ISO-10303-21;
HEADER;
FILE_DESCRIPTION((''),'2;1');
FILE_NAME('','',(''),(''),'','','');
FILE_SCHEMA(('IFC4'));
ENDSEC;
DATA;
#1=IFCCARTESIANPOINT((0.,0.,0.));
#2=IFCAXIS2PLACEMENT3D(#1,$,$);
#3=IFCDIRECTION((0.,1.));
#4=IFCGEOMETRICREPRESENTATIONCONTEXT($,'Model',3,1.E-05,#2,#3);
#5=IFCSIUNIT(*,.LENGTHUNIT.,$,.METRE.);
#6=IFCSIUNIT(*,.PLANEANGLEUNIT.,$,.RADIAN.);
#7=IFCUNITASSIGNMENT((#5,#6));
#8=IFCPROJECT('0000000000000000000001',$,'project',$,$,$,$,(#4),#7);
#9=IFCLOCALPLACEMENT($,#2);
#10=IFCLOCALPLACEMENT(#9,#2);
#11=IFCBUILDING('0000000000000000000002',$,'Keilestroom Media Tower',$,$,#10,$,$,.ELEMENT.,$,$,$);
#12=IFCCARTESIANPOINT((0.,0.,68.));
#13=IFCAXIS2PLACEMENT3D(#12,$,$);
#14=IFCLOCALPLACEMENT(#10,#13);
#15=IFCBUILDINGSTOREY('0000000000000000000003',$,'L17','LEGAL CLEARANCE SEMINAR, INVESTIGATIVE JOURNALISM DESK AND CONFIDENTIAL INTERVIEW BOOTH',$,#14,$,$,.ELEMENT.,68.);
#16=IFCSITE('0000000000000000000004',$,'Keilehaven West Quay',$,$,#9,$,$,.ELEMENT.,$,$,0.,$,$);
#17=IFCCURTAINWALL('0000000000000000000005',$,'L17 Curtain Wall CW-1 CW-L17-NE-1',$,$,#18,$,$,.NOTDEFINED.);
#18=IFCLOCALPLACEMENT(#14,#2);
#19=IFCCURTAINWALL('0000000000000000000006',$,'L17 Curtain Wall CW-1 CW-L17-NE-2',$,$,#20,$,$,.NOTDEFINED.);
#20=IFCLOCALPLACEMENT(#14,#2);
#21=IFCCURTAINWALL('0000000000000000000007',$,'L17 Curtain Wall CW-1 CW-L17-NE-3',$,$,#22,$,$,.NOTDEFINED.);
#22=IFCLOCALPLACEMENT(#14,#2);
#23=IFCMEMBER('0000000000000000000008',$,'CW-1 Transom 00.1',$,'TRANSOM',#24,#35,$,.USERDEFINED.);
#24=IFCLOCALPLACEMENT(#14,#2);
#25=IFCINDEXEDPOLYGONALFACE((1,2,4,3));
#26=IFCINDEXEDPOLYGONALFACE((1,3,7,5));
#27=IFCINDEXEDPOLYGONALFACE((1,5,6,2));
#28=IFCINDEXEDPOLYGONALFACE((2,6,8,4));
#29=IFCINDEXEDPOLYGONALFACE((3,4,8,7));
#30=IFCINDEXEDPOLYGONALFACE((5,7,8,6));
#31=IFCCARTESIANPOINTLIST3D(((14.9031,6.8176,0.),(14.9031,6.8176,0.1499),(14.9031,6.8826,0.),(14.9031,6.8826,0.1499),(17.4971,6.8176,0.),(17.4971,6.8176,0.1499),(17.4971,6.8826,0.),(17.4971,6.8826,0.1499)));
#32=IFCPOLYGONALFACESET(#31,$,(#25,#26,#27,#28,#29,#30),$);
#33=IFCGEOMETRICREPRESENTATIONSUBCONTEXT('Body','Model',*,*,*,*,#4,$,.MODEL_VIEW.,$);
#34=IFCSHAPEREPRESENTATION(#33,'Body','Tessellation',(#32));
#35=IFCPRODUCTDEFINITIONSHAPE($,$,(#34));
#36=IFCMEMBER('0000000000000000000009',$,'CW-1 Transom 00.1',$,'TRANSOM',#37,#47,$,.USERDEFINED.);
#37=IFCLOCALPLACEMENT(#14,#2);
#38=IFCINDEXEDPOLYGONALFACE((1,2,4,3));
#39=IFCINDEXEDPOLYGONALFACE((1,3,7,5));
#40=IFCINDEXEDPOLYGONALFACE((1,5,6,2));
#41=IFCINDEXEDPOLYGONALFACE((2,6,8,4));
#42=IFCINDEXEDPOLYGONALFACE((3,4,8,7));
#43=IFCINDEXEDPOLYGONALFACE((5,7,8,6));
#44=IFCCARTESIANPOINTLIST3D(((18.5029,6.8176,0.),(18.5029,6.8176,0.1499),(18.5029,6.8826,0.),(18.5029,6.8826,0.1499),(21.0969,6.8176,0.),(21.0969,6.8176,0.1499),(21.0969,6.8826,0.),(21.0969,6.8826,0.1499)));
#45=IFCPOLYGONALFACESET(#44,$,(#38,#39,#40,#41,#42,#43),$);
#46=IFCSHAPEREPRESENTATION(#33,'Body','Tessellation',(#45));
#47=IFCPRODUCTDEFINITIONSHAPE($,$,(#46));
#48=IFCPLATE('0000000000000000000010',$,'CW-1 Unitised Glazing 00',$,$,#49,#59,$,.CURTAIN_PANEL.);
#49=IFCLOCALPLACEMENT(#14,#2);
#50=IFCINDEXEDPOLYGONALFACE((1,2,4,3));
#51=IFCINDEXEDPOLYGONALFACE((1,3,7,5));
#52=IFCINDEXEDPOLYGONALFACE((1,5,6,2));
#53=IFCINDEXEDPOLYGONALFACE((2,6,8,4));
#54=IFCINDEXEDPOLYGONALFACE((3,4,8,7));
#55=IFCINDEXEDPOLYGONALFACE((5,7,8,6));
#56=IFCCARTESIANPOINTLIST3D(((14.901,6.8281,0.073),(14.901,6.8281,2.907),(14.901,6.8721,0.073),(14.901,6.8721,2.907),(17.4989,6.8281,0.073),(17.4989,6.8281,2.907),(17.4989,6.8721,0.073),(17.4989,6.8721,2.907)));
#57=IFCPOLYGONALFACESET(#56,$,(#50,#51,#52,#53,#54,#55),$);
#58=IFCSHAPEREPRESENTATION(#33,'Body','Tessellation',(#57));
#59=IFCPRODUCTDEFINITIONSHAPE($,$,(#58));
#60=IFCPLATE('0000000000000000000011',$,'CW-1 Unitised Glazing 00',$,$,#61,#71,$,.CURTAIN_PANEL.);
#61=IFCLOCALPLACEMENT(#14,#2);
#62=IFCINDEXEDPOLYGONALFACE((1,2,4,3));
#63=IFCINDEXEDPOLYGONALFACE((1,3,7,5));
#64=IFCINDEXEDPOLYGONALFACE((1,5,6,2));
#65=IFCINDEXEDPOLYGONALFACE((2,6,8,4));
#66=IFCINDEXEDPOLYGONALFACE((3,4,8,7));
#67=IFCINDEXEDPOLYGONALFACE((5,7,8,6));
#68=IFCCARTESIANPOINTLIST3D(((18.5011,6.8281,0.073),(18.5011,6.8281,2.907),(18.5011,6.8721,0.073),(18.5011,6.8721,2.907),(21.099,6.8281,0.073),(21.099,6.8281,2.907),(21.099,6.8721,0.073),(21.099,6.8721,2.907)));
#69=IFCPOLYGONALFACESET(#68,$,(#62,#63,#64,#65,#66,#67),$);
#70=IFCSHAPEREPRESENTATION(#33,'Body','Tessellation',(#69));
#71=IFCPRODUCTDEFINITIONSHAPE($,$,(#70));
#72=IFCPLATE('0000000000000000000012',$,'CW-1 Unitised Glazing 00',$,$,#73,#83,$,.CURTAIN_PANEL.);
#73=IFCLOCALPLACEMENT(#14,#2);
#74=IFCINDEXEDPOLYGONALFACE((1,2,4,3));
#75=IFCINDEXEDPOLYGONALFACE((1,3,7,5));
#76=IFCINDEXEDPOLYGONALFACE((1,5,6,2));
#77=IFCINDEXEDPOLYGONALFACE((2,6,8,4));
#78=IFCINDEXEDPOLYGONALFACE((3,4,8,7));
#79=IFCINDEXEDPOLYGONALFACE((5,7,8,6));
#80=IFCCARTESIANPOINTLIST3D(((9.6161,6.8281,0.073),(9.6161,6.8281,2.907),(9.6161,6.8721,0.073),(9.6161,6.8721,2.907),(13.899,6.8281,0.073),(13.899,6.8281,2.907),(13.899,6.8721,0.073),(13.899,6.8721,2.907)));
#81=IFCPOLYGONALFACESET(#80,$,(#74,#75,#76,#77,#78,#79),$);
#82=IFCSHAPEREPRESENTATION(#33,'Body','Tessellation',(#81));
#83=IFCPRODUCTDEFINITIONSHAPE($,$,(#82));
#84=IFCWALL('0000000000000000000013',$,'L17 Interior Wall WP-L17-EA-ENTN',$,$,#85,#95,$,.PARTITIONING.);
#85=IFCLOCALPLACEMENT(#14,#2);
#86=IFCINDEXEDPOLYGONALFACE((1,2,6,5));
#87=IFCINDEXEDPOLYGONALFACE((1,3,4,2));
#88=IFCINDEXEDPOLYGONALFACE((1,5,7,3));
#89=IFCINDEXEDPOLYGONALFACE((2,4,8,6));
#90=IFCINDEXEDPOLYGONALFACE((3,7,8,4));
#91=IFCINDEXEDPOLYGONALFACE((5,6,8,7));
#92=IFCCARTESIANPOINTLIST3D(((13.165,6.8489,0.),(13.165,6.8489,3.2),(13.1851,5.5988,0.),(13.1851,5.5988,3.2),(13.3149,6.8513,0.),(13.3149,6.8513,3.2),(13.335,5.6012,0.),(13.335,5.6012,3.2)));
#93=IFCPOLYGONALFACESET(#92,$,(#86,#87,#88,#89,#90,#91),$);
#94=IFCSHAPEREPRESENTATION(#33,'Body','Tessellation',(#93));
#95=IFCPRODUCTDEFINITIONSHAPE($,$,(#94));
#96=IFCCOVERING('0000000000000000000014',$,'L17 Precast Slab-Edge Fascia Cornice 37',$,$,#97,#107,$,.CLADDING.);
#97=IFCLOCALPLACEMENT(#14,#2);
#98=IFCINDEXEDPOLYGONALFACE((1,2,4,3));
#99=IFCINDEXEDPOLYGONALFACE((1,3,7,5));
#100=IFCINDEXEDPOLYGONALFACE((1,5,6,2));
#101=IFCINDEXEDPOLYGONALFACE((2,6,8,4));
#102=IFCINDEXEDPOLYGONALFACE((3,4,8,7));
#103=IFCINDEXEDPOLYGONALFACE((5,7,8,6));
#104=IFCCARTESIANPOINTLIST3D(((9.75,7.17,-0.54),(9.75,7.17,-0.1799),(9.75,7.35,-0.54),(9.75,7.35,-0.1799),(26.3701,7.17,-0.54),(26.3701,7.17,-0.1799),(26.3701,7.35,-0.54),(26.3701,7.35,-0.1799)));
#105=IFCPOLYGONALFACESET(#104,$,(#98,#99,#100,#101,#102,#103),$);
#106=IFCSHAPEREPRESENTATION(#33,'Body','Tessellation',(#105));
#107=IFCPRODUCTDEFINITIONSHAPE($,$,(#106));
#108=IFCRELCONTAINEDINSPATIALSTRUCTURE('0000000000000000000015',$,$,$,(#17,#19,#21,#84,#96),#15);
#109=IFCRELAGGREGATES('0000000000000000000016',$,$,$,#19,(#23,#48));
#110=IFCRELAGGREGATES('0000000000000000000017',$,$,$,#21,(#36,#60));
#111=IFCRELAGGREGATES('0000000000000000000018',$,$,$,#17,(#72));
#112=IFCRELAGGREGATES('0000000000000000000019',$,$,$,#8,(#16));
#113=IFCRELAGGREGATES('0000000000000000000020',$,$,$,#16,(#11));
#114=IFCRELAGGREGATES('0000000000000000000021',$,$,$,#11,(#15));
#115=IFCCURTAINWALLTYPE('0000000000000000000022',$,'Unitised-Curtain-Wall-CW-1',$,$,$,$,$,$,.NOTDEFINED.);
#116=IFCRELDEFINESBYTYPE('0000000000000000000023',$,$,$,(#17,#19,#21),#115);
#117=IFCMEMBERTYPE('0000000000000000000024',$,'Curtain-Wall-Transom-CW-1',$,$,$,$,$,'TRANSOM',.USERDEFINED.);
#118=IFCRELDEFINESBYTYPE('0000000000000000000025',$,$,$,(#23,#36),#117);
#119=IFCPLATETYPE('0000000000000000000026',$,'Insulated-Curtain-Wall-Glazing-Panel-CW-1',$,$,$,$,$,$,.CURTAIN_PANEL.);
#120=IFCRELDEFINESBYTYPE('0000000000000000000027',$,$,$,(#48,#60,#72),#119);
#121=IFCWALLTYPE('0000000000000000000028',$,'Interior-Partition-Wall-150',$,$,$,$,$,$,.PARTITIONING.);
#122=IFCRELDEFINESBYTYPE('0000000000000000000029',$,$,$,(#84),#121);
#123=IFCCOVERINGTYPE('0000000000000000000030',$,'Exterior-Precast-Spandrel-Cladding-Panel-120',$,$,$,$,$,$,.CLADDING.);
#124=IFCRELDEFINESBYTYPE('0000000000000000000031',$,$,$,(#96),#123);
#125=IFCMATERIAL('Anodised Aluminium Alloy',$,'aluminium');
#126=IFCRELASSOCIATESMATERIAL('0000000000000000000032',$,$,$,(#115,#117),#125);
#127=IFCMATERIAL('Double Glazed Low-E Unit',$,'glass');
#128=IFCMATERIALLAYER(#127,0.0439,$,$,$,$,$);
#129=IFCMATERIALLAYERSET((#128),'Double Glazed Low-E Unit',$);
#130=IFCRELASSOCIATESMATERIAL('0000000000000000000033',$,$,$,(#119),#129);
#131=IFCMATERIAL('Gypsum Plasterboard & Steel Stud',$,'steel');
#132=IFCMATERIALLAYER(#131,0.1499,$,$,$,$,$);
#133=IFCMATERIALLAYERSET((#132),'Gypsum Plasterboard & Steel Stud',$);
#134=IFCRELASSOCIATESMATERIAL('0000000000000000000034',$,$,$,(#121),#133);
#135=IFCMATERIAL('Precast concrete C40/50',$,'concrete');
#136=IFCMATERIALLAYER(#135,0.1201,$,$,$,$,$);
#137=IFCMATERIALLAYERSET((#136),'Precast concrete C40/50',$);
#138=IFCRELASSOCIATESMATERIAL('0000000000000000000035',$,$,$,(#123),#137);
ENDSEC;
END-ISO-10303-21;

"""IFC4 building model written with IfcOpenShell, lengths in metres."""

from ifc_helpers import new_model, si_unit, direction, frame, frame_2d, origin, origin_2d, place, context, subcontext, project, spatial, rectangle, extrude, source, transform, mapped, material, layer, layer_set, material_profile, profile_set, type_object, element, aggregate, save


model = new_model("IFC4")

# Units and contexts
model_context = context("Model", 3, precision=1e-05, world=origin(), true_north=direction((0.0, 1.0)))
body_context = subcontext(model_context, "Body", "Model", "MODEL_VIEW")
ifc_project = project(units=[si_unit("LENGTHUNIT", "METRE"), si_unit("PLANEANGLEUNIT", "RADIAN")], contexts=[model_context])

# Site, building, storey
site_placement = place(None, origin())
site = spatial("IfcSite", under=ifc_project, at=site_placement, Name="Keilehaven West Quay", CompositionType="ELEMENT", RefElevation=0.0)
building_placement = place(site_placement, origin())
building = spatial("IfcBuilding", under=site, at=building_placement, Name="Keilestroom Media Tower", CompositionType="ELEMENT")
storey_placement = place(building_placement, frame((0.0, 0.0, 68.0)))
storey = spatial("IfcBuildingStorey", under=building, at=storey_placement, Name="L17", Description="LEGAL CLEARANCE SEMINAR, INVESTIGATIVE JOURNALISM DESK AND CONFIDENTIAL INTERVIEW BOOTH", CompositionType="ELEMENT", Elevation=68.0)

# Shared definitions
ifc_material_1 = material(Name="Precast concrete C40/50", Category="concrete")

# Curtain wall
ifc_material_2 = material(Name="Anodised Aluminium Alloy", Category="aluminium")
curtain_wall_type = type_object("IfcCurtainWallType", Name="Unitised-Curtain-Wall-CW-1", PredefinedType="NOTDEFINED", material=ifc_material_2)
curtain_wall_1_placement = place(storey_placement, origin())
curtain_wall_1 = element("IfcCurtainWall", 1, at=curtain_wall_1_placement, inside=storey, type_object=curtain_wall_type, Name="L17 Curtain Wall CW-1 CW-L17-NE-1", PredefinedType="NOTDEFINED")

# Curtain walls
curtain_wall_2_placement = place(storey_placement, origin())
curtain_wall_2 = element("IfcCurtainWall", 2, at=curtain_wall_2_placement, inside=storey, type_object=curtain_wall_type, Name="L17 Curtain Wall CW-1 CW-L17-NE-2", PredefinedType="NOTDEFINED")
curtain_wall_3_placement = place(storey_placement, origin())
curtain_wall_3 = element("IfcCurtainWall", 3, at=curtain_wall_3_placement, inside=storey, type_object=curtain_wall_type, Name="L17 Curtain Wall CW-1 CW-L17-NE-3", PredefinedType="NOTDEFINED")

# Members
ifc_material_profile_1 = material_profile(ifc_material_2, rectangle(XDim=0.0649, YDim=0.1499, at=origin_2d()), Name="ALU TRANSOM 65x150")
ifc_profile_set_1 = profile_set([ifc_material_profile_1], Name="Anodised Aluminium Alloy")
member_type_1 = type_object("IfcMemberType", Name="Curtain-Wall-Transom-CW-1", ElementType="TRANSOM", PredefinedType="USERDEFINED", material=ifc_profile_set_1)
shared_shape_1 = source(origin(), body_context, "Body", "SweptSolid", [
    extrude(rectangle(XDim=0.0649, YDim=0.1499, at=origin_2d()), origin(), (0.0, 0.0, 1.0), 2.594),
])
member_1_placement = place(storey_placement, frame((14.9031, 6.8501, 0.075), z_axis=(1.0, 0.0, 0.0), x_axis=(0.0, 1.0, 0.0)))
member_1 = element("IfcMember", 4, at=member_1_placement, type_object=member_type_1, Name="CW-1 Transom 00.1", ObjectType="TRANSOM", PredefinedType="USERDEFINED", context=body_context, shape_type="MappedRepresentation", body=[
    mapped(shared_shape_1, transform((0.0, 0.0, 0.0), x_axis=(1.0, 0.0, 0.0), y_axis=(0.0, 1.0, 0.0), z_axis=(0.0, 0.0, 1.0), scale=1.0)),
])
member_2_placement = place(storey_placement, frame((18.5029, 6.8501, 0.075), z_axis=(1.0, 0.0, 0.0), x_axis=(0.0, 1.0, 0.0)))
member_2 = element("IfcMember", 5, at=member_2_placement, type_object=member_type_1, Name="CW-1 Transom 00.1", ObjectType="TRANSOM", PredefinedType="USERDEFINED", context=body_context, shape_type="MappedRepresentation", body=[
    mapped(shared_shape_1, transform((0.0, 0.0, 0.0), x_axis=(1.0, 0.0, 0.0), y_axis=(0.0, 1.0, 0.0), z_axis=(0.0, 0.0, 1.0), scale=1.0)),
])

# Plates
ifc_material_3 = material(Name="Double Glazed Low-E Unit", Category="glass")
ifc_layer_1 = layer(ifc_material_3, 0.0439)
ifc_layer_set_1 = layer_set([ifc_layer_1], Name="Double Glazed Low-E Unit")
plate_type = type_object("IfcPlateType", Name="Insulated-Curtain-Wall-Glazing-Panel-CW-1", PredefinedType="CURTAIN_PANEL", material=ifc_layer_set_1)
shared_shape_2 = source(origin(), body_context, "Body", "SweptSolid", [
    extrude(rectangle(XDim=2.5979, YDim=0.0439, at=origin_2d()), origin(), (0.0, 0.0, 1.0), 2.834),
])
plate_1_placement = place(storey_placement, frame((16.2, 6.8501, 0.073), z_axis=(0.0, 0.0, 1.0), x_axis=(1.0, 0.0, 0.0)))
plate_1 = element("IfcPlate", 6, at=plate_1_placement, type_object=plate_type, Name="CW-1 Unitised Glazing 00", PredefinedType="CURTAIN_PANEL", context=body_context, shape_type="MappedRepresentation", body=[
    mapped(shared_shape_2, transform((0.0, 0.0, 0.0), x_axis=(1.0, 0.0, 0.0), y_axis=(0.0, 1.0, 0.0), z_axis=(0.0, 0.0, 1.0), scale=1.0)),
])
aggregate(curtain_wall_2, [member_1, plate_1])
plate_2_placement = place(storey_placement, frame((19.8, 6.8501, 0.073), z_axis=(0.0, 0.0, 1.0), x_axis=(1.0, 0.0, 0.0)))
plate_2 = element("IfcPlate", 7, at=plate_2_placement, type_object=plate_type, Name="CW-1 Unitised Glazing 00", PredefinedType="CURTAIN_PANEL", context=body_context, shape_type="MappedRepresentation", body=[
    mapped(shared_shape_2, transform((0.0, 0.0, 0.0), x_axis=(1.0, 0.0, 0.0), y_axis=(0.0, 1.0, 0.0), z_axis=(0.0, 0.0, 1.0), scale=1.0)),
])
aggregate(curtain_wall_3, [member_2, plate_2])
shared_shape_3 = source(origin(), body_context, "Body", "SweptSolid", [
    extrude(rectangle(XDim=4.283, YDim=0.0439, at=origin_2d()), origin(), (0.0, 0.0, 1.0), 2.834),
])
plate_3_placement = place(storey_placement, frame((11.7576, 6.8501, 0.073), z_axis=(0.0, 0.0, 1.0), x_axis=(1.0, 0.0, 0.0)))
plate_3 = element("IfcPlate", 8, at=plate_3_placement, type_object=plate_type, Name="CW-1 Unitised Glazing 00", PredefinedType="CURTAIN_PANEL", context=body_context, shape_type="MappedRepresentation", body=[
    mapped(shared_shape_3, transform((0.0, 0.0, 0.0), x_axis=(1.0, 0.0, 0.0), y_axis=(0.0, 1.0, 0.0), z_axis=(0.0, 0.0, 1.0), scale=1.0)),
])
aggregate(curtain_wall_1, [plate_3])

# Wall
ifc_material_4 = material(Name="Gypsum Plasterboard & Steel Stud", Category="steel")
ifc_layer_2 = layer(ifc_material_4, 0.1499)
ifc_layer_set_2 = layer_set([ifc_layer_2], Name="Gypsum Plasterboard & Steel Stud")
wall_type = type_object("IfcWallType", Name="Interior-Partition-Wall-150", PredefinedType="PARTITIONING", material=ifc_layer_set_2)
wall_placement = place(storey_placement, frame((13.26, 5.6001, 0.0), z_axis=(0.0, 0.0, 1.0), x_axis=(-0.016014, 0.999872, 0.0)))
element("IfcWall", 9, at=wall_placement, inside=storey, type_object=wall_type, Name="L17 Interior Wall WP-L17-EA-ENTN", PredefinedType="PARTITIONING", context=body_context, shape_type="SweptSolid", body=[
    extrude(rectangle(XDim=1.2502, YDim=0.1499, at=frame_2d((0.625, 0.0))), origin(), (0.0, 0.0, 1.0), 3.2),
])

# Covering
ifc_layer_3 = layer(ifc_material_1, 0.1201)
ifc_layer_set_3 = layer_set([ifc_layer_3], Name="Precast concrete C40/50")
covering_type = type_object("IfcCoveringType", Name="Exterior-Precast-Spandrel-Cladding-Panel-120", PredefinedType="CLADDING", material=ifc_layer_set_3)
shared_shape_4 = source(origin(), body_context, "Body", "SweptSolid", [
    extrude(rectangle(XDim=16.6201, YDim=0.1799, at=origin_2d()), origin(), (0.0, 0.0, 1.0), 0.3601),
])
covering_placement = place(storey_placement, frame((18.0601, 7.26, -0.54), z_axis=(0.0, 0.0, 1.0), x_axis=(1.0, 0.0, 0.0)))
element("IfcCovering", 10, at=covering_placement, inside=storey, type_object=covering_type, Name="L17 Precast Slab-Edge Fascia Cornice 37", PredefinedType="CLADDING", context=body_context, shape_type="MappedRepresentation", body=[
    mapped(shared_shape_4, transform((0.0, 0.0, 0.0), x_axis=(1.0, 0.0, 0.0), y_axis=(0.0, 1.0, 0.0), z_axis=(0.0, 0.0, 1.0), scale=1.0)),
])

save(model, "model.ifc")
